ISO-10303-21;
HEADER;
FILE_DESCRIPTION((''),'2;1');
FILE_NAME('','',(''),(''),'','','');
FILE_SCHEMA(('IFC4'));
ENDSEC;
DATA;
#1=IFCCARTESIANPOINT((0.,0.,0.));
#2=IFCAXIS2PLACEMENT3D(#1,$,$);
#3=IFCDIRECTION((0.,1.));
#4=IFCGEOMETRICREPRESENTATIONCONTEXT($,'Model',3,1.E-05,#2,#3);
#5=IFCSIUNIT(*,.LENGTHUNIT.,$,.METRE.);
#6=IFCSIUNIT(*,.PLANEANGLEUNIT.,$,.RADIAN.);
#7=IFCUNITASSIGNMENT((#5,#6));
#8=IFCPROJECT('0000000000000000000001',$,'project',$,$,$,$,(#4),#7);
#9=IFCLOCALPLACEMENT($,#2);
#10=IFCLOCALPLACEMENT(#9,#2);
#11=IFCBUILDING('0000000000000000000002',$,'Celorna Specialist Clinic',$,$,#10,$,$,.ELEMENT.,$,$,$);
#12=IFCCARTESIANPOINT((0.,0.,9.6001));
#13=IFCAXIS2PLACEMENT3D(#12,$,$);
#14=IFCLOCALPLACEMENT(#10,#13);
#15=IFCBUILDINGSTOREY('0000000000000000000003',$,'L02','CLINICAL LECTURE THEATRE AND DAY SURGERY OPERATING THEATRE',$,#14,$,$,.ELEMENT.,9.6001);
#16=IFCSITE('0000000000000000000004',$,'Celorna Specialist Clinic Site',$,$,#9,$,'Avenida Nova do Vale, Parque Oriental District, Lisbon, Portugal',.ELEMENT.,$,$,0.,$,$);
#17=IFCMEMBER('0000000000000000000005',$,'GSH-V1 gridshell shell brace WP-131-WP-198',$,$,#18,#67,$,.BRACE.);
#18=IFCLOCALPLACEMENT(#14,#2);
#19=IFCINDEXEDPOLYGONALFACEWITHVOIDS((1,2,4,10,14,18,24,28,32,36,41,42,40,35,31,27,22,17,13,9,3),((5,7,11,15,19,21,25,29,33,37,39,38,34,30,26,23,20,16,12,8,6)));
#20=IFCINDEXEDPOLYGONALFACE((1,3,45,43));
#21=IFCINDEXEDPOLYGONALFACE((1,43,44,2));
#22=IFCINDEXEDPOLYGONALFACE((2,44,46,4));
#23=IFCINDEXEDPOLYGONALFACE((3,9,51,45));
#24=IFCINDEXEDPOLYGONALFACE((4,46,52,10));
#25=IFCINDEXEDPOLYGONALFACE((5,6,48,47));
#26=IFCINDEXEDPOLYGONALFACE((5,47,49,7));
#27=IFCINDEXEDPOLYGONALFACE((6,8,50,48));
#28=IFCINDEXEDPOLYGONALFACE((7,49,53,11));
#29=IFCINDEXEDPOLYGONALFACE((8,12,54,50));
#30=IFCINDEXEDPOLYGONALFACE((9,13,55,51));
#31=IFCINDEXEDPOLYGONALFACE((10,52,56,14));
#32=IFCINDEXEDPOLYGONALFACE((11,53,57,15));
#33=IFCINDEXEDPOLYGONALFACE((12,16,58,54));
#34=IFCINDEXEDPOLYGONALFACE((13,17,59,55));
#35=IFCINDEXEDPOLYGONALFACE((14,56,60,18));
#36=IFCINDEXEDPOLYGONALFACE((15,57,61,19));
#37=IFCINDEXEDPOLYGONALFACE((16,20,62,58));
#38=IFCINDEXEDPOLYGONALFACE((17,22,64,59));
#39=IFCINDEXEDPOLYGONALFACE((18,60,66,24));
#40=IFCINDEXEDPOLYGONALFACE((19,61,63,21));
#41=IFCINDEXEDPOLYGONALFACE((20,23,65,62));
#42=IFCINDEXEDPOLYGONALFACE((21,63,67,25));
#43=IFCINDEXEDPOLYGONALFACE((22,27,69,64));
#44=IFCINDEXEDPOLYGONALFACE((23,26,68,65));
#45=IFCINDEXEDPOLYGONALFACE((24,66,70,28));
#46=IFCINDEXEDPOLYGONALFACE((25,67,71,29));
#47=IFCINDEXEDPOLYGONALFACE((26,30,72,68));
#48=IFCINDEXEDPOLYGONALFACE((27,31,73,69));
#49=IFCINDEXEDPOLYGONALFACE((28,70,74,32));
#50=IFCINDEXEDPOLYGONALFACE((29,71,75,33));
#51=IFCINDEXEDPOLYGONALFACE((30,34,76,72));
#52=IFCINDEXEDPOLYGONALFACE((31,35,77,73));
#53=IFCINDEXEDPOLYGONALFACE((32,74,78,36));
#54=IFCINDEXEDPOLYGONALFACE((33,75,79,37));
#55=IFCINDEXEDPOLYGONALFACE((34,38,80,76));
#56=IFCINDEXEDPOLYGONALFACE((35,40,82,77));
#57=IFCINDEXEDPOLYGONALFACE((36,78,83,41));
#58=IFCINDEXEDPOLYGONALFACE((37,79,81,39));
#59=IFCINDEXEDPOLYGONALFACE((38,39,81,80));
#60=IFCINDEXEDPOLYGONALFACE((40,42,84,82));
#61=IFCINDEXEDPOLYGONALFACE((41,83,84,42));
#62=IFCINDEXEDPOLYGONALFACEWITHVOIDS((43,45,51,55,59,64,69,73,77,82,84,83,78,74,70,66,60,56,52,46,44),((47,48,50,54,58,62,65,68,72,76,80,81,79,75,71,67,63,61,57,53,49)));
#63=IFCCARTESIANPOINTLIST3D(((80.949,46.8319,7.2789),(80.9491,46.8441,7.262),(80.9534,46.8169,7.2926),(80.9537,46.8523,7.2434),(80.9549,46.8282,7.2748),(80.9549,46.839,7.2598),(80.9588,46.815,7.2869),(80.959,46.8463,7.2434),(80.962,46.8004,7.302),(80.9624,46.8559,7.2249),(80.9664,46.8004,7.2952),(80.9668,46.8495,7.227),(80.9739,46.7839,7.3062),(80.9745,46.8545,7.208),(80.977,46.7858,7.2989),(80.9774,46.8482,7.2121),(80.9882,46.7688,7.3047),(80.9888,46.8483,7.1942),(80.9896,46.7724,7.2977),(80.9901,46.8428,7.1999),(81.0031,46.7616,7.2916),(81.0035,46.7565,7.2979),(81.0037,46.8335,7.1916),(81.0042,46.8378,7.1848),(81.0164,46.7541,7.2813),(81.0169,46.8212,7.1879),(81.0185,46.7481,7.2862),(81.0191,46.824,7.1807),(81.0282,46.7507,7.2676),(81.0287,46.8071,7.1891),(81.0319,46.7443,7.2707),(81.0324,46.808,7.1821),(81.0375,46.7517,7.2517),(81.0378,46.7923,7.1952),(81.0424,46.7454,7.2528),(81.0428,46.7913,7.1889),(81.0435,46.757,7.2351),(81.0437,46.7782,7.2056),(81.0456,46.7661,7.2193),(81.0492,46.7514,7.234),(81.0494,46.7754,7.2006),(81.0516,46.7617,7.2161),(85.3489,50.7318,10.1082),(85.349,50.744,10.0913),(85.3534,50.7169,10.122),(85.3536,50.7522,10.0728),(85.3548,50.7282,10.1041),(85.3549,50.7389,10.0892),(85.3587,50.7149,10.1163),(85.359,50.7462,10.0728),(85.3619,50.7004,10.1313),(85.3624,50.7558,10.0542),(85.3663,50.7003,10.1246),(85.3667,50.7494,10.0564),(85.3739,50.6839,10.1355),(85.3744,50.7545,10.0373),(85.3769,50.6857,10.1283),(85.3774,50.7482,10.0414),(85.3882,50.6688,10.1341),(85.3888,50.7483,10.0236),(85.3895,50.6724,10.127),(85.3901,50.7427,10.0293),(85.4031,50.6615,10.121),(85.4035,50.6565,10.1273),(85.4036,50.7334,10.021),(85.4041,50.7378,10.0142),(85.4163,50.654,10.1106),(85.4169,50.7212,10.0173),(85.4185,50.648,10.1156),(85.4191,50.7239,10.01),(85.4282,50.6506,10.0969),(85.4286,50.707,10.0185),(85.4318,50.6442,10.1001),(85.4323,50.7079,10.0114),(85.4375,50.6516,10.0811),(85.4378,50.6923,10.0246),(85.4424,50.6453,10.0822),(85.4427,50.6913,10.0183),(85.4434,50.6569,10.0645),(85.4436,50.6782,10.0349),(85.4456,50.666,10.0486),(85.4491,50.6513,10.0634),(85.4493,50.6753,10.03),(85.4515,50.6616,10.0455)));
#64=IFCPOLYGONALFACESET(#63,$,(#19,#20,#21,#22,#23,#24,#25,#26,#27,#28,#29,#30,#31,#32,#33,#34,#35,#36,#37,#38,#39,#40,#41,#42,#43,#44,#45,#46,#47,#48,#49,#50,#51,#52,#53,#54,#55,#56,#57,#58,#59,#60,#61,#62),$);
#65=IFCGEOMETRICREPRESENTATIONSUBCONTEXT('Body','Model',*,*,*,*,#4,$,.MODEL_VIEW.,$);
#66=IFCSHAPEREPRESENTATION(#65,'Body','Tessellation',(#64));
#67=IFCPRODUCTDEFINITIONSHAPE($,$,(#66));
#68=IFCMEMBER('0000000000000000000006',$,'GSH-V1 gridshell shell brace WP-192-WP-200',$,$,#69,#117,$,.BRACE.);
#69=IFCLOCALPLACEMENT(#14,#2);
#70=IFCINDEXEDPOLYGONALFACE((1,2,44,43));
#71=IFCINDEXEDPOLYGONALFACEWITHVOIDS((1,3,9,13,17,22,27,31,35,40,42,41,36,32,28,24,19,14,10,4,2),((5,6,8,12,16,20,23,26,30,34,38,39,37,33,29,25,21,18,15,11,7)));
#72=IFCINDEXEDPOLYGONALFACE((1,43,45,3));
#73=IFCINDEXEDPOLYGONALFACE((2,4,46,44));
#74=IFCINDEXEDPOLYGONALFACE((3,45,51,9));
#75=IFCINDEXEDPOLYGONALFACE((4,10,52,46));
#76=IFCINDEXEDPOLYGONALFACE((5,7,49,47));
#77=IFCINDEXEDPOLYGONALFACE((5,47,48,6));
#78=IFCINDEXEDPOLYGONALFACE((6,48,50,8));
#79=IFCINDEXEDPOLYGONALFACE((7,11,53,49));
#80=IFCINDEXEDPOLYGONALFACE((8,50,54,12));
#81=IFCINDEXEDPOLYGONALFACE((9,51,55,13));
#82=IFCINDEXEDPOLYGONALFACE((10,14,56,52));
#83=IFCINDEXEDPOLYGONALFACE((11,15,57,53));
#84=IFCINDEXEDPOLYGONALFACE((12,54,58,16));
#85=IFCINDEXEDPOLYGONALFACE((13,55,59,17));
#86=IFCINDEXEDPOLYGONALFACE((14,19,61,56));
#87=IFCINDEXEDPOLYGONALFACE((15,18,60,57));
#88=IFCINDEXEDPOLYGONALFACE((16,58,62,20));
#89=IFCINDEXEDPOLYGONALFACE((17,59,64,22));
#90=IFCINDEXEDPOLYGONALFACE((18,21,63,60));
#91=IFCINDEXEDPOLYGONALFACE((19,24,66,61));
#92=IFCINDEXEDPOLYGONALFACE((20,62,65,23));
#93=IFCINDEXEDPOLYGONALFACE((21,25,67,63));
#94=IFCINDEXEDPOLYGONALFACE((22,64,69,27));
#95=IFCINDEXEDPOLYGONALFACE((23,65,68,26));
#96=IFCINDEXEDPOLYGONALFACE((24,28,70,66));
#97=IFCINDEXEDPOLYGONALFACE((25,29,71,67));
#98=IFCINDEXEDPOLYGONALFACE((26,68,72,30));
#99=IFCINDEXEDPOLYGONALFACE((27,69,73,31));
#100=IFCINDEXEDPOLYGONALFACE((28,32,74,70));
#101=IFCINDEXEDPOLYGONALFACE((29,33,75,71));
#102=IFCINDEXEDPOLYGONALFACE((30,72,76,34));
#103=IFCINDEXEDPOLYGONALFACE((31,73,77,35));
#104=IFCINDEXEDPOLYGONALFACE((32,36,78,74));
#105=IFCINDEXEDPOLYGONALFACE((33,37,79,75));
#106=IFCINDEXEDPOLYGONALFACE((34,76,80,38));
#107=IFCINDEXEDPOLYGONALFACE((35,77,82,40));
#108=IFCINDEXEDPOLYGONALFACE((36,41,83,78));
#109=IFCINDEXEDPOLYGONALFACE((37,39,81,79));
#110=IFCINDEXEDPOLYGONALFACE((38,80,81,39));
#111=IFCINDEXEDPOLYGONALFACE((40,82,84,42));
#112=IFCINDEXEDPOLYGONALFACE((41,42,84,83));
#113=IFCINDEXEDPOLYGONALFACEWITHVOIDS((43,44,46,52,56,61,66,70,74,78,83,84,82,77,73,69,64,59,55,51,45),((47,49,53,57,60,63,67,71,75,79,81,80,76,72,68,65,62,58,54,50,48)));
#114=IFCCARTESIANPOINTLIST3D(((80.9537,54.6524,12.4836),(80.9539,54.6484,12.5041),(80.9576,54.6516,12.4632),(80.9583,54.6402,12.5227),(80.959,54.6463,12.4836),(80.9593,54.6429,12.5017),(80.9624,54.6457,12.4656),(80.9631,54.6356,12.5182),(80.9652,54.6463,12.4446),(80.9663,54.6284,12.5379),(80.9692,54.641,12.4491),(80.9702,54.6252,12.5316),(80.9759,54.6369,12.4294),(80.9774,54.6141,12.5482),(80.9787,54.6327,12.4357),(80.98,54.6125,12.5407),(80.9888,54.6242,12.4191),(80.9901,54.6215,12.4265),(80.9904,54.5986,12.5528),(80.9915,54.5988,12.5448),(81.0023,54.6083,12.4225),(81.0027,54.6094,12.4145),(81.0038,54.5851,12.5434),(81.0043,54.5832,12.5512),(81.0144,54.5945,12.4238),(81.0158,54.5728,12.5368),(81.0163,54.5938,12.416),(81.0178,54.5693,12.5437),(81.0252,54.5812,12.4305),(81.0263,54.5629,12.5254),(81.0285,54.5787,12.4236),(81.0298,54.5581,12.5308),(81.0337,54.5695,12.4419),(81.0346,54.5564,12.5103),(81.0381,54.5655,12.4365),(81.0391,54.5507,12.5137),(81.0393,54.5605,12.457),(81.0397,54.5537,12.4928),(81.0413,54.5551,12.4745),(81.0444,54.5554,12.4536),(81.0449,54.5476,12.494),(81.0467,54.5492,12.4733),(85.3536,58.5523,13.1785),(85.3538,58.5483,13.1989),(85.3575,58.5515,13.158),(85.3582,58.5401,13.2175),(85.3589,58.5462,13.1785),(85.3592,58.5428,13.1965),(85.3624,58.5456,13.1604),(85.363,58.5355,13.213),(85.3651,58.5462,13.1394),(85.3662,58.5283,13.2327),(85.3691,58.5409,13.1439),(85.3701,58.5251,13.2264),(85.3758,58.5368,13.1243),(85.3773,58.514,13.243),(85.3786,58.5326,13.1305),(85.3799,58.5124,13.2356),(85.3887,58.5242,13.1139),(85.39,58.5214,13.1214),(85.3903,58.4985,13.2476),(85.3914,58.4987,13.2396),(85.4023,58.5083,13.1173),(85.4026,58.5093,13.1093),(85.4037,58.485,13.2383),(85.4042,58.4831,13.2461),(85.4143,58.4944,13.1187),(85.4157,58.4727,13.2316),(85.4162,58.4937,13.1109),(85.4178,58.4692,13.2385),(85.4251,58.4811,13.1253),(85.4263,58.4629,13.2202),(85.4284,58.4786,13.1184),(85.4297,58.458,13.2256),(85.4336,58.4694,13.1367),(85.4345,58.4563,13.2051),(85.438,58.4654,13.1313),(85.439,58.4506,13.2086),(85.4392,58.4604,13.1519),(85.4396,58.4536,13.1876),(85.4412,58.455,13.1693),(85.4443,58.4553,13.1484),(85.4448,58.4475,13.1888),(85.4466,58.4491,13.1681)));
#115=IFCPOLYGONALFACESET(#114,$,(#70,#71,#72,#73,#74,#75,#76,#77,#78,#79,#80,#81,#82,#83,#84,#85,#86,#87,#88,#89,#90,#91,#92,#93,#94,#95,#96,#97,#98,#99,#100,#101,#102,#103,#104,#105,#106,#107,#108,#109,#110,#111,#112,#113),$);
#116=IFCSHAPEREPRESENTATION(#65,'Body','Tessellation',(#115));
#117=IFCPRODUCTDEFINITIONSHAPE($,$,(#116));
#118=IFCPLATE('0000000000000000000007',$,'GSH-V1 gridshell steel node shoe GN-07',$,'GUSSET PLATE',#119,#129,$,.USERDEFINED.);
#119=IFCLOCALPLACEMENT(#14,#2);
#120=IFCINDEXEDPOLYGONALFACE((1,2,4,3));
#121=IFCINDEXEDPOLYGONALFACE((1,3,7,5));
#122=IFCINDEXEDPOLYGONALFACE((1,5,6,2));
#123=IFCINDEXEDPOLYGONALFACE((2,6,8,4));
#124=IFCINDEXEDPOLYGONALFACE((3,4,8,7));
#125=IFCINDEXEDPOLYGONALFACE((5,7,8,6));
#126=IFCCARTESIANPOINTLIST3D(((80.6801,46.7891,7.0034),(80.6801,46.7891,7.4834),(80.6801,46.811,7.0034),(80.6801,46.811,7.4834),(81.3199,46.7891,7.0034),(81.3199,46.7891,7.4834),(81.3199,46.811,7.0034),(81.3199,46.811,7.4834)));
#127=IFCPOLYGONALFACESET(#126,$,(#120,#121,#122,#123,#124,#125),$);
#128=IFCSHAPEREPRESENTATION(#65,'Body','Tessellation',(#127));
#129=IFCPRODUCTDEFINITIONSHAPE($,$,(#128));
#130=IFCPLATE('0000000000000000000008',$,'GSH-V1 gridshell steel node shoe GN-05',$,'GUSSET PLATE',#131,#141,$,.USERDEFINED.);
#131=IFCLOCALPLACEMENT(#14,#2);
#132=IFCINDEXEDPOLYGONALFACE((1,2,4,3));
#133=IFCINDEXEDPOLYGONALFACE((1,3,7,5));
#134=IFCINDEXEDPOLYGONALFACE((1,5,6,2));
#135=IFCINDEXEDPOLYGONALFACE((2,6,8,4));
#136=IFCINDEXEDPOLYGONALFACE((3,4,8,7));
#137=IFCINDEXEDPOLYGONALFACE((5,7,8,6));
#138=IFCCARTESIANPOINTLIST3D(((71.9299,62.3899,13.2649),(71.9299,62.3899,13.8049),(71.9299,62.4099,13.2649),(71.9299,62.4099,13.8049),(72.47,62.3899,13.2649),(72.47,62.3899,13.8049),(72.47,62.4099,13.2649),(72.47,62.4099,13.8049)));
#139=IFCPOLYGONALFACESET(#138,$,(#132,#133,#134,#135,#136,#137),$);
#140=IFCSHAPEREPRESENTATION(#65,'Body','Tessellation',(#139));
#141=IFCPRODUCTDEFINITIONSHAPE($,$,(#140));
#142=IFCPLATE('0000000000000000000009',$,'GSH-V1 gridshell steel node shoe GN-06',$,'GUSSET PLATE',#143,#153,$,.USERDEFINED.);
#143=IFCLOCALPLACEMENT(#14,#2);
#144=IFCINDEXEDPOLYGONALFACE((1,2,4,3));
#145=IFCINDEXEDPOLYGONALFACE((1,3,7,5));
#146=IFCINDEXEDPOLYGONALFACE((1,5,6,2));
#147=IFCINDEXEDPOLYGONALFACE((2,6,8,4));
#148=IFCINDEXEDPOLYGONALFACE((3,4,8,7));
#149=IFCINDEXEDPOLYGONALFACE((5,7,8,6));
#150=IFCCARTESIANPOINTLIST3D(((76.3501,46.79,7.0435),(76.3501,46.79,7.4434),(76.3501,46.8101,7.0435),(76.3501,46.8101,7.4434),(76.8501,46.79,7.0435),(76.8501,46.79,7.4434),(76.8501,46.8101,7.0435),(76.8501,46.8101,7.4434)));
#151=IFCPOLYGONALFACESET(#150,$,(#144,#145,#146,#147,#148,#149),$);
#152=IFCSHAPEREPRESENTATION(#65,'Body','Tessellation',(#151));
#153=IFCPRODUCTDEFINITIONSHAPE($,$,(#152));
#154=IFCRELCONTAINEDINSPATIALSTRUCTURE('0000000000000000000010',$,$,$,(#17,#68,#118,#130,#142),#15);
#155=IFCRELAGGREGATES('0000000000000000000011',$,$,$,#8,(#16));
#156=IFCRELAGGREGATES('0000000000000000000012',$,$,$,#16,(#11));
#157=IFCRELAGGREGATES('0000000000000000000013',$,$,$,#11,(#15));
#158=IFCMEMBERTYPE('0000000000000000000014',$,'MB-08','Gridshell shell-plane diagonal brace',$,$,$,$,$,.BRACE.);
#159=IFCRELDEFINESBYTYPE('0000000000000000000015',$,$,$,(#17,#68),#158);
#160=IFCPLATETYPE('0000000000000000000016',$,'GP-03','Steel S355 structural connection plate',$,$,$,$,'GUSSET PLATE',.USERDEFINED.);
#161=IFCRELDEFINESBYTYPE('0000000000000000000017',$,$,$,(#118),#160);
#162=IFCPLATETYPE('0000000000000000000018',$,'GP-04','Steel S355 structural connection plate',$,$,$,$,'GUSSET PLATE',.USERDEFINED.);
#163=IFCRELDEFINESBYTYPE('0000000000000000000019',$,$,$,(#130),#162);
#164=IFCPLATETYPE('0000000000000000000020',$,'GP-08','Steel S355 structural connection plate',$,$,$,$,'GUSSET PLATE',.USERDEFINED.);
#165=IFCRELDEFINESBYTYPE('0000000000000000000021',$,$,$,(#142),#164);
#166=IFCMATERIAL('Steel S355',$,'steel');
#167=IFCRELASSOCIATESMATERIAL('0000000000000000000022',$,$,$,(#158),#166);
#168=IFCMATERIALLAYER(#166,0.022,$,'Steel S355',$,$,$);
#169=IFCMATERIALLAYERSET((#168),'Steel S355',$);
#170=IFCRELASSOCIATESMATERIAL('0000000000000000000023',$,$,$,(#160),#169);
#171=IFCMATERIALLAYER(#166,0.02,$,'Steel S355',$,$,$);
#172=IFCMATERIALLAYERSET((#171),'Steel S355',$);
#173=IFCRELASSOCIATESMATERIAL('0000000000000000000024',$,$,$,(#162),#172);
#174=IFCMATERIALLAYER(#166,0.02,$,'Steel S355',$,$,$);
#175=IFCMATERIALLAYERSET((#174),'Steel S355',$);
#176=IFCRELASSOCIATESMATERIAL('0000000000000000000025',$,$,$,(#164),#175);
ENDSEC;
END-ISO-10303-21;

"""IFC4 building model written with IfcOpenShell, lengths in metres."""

from ifc_helpers import new_model, si_unit, direction, frame, origin, origin_2d, place, context, subcontext, project, spatial, rectangle, hollow_circle, extrude, material, layer, layer_set, material_profile, profile_set, type_object, element, save


model = new_model("IFC4")

# Units and contexts
model_context = context("Model", 3, precision=1e-05, world=origin(), true_north=direction((0.0, 1.0)))
body_context = subcontext(model_context, "Body", "Model", "MODEL_VIEW")
ifc_project = project(units=[si_unit("LENGTHUNIT", "METRE"), si_unit("PLANEANGLEUNIT", "RADIAN")], contexts=[model_context])

# Site, building, storey
site_placement = place(None, origin())
site = spatial("IfcSite", under=ifc_project, at=site_placement, Name="Celorna Specialist Clinic Site", LongName="Avenida Nova do Vale, Parque Oriental District, Lisbon, Portugal", CompositionType="ELEMENT", RefElevation=0.0)
building_placement = place(site_placement, origin())
building = spatial("IfcBuilding", under=site, at=building_placement, Name="Celorna Specialist Clinic", CompositionType="ELEMENT")
storey_placement = place(building_placement, frame((0.0, 0.0, 9.6001)))
storey = spatial("IfcBuildingStorey", under=building, at=storey_placement, Name="L02", Description="CLINICAL LECTURE THEATRE AND DAY SURGERY OPERATING THEATRE", CompositionType="ELEMENT", Elevation=9.6001)

# Shared definitions
ifc_material_1 = material(Name="Steel S355", Category="steel")

# Members
ifc_material_profile_1 = material_profile(ifc_material_1, hollow_circle(Radius=0.0698, WallThickness=0.0081, at=origin_2d()), Name="CHS 139.7x8")
ifc_profile_set_1 = profile_set([ifc_material_profile_1], Name="Steel S355")
member_type_1 = type_object("IfcMemberType", Name="MB-08", Description="Gridshell shell-plane diagonal brace", PredefinedType="BRACE", material=ifc_profile_set_1)
member_1_placement = place(storey_placement, frame((81.0, 46.8, 7.2434), z_axis=(0.674331, 0.597701, 0.433627), x_axis=(-0.663306, 0.748348, 0.0)))
element("IfcMember", 1, at=member_1_placement, inside=storey, type_object=member_type_1, Name="GSH-V1 gridshell shell brace WP-131-WP-198", PredefinedType="BRACE", context=body_context, shape_type="SweptSolid", body=[
    extrude(hollow_circle(Radius=0.0698, WallThickness=0.0081, at=origin_2d()), origin(), (0.0, 0.0, 1.0), 6.5249),
])
member_2_placement = place(storey_placement, frame((81.0, 54.6001, 12.4836), z_axis=(0.743176, 0.658723, 0.117361), x_axis=(-0.663306, 0.748348, 0.0)))
element("IfcMember", 2, at=member_2_placement, inside=storey, type_object=member_type_1, Name="GSH-V1 gridshell shell brace WP-192-WP-200", PredefinedType="BRACE", context=body_context, shape_type="SweptSolid", body=[
    extrude(hollow_circle(Radius=0.0698, WallThickness=0.0081, at=origin_2d()), origin(), (0.0, 0.0, 1.0), 5.9204),
])

# Plates
ifc_layer_1 = layer(ifc_material_1, 0.022, Name="Steel S355")
ifc_layer_set_1 = layer_set([ifc_layer_1], Name="Steel S355")
plate_type_1 = type_object("IfcPlateType", Name="GP-03", Description="Steel S355 structural connection plate", ElementType="GUSSET PLATE", PredefinedType="USERDEFINED", material=ifc_layer_set_1)
plate_1_placement = place(storey_placement, frame((81.0, 46.8, 7.0034), z_axis=(0.0, 0.0, 1.0), x_axis=(1.0, 0.0, 0.0)))
element("IfcPlate", 3, at=plate_1_placement, inside=storey, type_object=plate_type_1, Name="GSH-V1 gridshell steel node shoe GN-07", ObjectType="GUSSET PLATE", PredefinedType="USERDEFINED", context=body_context, shape_type="SweptSolid", body=[
    extrude(rectangle(XDim=0.6399, YDim=0.022, at=origin_2d()), origin(), (0.0, 0.0, 1.0), 0.48),
])
ifc_layer_2 = layer(ifc_material_1, 0.02, Name="Steel S355")
ifc_layer_set_2 = layer_set([ifc_layer_2], Name="Steel S355")
plate_type_2 = type_object("IfcPlateType", Name="GP-04", Description="Steel S355 structural connection plate", ElementType="GUSSET PLATE", PredefinedType="USERDEFINED", material=ifc_layer_set_2)
plate_2_placement = place(storey_placement, frame((72.2, 62.3999, 13.2649), z_axis=(0.0, 0.0, 1.0), x_axis=(1.0, 0.0, 0.0)))
element("IfcPlate", 4, at=plate_2_placement, inside=storey, type_object=plate_type_2, Name="GSH-V1 gridshell steel node shoe GN-05", ObjectType="GUSSET PLATE", PredefinedType="USERDEFINED", context=body_context, shape_type="SweptSolid", body=[
    extrude(rectangle(XDim=0.54, YDim=0.02, at=origin_2d()), origin(), (0.0, 0.0, 1.0), 0.54),
])
ifc_layer_3 = layer(ifc_material_1, 0.02, Name="Steel S355")
ifc_layer_set_3 = layer_set([ifc_layer_3], Name="Steel S355")
plate_type_3 = type_object("IfcPlateType", Name="GP-08", Description="Steel S355 structural connection plate", ElementType="GUSSET PLATE", PredefinedType="USERDEFINED", material=ifc_layer_set_3)
plate_3_placement = place(storey_placement, frame((76.6001, 46.8, 7.0435), z_axis=(0.0, 0.0, 1.0), x_axis=(1.0, 0.0, 0.0)))
element("IfcPlate", 5, at=plate_3_placement, inside=storey, type_object=plate_type_3, Name="GSH-V1 gridshell steel node shoe GN-06", ObjectType="GUSSET PLATE", PredefinedType="USERDEFINED", context=body_context, shape_type="SweptSolid", body=[
    extrude(rectangle(XDim=0.5, YDim=0.02, at=origin_2d()), origin(), (0.0, 0.0, 1.0), 0.3999),
])

save(model, "model.ifc")
